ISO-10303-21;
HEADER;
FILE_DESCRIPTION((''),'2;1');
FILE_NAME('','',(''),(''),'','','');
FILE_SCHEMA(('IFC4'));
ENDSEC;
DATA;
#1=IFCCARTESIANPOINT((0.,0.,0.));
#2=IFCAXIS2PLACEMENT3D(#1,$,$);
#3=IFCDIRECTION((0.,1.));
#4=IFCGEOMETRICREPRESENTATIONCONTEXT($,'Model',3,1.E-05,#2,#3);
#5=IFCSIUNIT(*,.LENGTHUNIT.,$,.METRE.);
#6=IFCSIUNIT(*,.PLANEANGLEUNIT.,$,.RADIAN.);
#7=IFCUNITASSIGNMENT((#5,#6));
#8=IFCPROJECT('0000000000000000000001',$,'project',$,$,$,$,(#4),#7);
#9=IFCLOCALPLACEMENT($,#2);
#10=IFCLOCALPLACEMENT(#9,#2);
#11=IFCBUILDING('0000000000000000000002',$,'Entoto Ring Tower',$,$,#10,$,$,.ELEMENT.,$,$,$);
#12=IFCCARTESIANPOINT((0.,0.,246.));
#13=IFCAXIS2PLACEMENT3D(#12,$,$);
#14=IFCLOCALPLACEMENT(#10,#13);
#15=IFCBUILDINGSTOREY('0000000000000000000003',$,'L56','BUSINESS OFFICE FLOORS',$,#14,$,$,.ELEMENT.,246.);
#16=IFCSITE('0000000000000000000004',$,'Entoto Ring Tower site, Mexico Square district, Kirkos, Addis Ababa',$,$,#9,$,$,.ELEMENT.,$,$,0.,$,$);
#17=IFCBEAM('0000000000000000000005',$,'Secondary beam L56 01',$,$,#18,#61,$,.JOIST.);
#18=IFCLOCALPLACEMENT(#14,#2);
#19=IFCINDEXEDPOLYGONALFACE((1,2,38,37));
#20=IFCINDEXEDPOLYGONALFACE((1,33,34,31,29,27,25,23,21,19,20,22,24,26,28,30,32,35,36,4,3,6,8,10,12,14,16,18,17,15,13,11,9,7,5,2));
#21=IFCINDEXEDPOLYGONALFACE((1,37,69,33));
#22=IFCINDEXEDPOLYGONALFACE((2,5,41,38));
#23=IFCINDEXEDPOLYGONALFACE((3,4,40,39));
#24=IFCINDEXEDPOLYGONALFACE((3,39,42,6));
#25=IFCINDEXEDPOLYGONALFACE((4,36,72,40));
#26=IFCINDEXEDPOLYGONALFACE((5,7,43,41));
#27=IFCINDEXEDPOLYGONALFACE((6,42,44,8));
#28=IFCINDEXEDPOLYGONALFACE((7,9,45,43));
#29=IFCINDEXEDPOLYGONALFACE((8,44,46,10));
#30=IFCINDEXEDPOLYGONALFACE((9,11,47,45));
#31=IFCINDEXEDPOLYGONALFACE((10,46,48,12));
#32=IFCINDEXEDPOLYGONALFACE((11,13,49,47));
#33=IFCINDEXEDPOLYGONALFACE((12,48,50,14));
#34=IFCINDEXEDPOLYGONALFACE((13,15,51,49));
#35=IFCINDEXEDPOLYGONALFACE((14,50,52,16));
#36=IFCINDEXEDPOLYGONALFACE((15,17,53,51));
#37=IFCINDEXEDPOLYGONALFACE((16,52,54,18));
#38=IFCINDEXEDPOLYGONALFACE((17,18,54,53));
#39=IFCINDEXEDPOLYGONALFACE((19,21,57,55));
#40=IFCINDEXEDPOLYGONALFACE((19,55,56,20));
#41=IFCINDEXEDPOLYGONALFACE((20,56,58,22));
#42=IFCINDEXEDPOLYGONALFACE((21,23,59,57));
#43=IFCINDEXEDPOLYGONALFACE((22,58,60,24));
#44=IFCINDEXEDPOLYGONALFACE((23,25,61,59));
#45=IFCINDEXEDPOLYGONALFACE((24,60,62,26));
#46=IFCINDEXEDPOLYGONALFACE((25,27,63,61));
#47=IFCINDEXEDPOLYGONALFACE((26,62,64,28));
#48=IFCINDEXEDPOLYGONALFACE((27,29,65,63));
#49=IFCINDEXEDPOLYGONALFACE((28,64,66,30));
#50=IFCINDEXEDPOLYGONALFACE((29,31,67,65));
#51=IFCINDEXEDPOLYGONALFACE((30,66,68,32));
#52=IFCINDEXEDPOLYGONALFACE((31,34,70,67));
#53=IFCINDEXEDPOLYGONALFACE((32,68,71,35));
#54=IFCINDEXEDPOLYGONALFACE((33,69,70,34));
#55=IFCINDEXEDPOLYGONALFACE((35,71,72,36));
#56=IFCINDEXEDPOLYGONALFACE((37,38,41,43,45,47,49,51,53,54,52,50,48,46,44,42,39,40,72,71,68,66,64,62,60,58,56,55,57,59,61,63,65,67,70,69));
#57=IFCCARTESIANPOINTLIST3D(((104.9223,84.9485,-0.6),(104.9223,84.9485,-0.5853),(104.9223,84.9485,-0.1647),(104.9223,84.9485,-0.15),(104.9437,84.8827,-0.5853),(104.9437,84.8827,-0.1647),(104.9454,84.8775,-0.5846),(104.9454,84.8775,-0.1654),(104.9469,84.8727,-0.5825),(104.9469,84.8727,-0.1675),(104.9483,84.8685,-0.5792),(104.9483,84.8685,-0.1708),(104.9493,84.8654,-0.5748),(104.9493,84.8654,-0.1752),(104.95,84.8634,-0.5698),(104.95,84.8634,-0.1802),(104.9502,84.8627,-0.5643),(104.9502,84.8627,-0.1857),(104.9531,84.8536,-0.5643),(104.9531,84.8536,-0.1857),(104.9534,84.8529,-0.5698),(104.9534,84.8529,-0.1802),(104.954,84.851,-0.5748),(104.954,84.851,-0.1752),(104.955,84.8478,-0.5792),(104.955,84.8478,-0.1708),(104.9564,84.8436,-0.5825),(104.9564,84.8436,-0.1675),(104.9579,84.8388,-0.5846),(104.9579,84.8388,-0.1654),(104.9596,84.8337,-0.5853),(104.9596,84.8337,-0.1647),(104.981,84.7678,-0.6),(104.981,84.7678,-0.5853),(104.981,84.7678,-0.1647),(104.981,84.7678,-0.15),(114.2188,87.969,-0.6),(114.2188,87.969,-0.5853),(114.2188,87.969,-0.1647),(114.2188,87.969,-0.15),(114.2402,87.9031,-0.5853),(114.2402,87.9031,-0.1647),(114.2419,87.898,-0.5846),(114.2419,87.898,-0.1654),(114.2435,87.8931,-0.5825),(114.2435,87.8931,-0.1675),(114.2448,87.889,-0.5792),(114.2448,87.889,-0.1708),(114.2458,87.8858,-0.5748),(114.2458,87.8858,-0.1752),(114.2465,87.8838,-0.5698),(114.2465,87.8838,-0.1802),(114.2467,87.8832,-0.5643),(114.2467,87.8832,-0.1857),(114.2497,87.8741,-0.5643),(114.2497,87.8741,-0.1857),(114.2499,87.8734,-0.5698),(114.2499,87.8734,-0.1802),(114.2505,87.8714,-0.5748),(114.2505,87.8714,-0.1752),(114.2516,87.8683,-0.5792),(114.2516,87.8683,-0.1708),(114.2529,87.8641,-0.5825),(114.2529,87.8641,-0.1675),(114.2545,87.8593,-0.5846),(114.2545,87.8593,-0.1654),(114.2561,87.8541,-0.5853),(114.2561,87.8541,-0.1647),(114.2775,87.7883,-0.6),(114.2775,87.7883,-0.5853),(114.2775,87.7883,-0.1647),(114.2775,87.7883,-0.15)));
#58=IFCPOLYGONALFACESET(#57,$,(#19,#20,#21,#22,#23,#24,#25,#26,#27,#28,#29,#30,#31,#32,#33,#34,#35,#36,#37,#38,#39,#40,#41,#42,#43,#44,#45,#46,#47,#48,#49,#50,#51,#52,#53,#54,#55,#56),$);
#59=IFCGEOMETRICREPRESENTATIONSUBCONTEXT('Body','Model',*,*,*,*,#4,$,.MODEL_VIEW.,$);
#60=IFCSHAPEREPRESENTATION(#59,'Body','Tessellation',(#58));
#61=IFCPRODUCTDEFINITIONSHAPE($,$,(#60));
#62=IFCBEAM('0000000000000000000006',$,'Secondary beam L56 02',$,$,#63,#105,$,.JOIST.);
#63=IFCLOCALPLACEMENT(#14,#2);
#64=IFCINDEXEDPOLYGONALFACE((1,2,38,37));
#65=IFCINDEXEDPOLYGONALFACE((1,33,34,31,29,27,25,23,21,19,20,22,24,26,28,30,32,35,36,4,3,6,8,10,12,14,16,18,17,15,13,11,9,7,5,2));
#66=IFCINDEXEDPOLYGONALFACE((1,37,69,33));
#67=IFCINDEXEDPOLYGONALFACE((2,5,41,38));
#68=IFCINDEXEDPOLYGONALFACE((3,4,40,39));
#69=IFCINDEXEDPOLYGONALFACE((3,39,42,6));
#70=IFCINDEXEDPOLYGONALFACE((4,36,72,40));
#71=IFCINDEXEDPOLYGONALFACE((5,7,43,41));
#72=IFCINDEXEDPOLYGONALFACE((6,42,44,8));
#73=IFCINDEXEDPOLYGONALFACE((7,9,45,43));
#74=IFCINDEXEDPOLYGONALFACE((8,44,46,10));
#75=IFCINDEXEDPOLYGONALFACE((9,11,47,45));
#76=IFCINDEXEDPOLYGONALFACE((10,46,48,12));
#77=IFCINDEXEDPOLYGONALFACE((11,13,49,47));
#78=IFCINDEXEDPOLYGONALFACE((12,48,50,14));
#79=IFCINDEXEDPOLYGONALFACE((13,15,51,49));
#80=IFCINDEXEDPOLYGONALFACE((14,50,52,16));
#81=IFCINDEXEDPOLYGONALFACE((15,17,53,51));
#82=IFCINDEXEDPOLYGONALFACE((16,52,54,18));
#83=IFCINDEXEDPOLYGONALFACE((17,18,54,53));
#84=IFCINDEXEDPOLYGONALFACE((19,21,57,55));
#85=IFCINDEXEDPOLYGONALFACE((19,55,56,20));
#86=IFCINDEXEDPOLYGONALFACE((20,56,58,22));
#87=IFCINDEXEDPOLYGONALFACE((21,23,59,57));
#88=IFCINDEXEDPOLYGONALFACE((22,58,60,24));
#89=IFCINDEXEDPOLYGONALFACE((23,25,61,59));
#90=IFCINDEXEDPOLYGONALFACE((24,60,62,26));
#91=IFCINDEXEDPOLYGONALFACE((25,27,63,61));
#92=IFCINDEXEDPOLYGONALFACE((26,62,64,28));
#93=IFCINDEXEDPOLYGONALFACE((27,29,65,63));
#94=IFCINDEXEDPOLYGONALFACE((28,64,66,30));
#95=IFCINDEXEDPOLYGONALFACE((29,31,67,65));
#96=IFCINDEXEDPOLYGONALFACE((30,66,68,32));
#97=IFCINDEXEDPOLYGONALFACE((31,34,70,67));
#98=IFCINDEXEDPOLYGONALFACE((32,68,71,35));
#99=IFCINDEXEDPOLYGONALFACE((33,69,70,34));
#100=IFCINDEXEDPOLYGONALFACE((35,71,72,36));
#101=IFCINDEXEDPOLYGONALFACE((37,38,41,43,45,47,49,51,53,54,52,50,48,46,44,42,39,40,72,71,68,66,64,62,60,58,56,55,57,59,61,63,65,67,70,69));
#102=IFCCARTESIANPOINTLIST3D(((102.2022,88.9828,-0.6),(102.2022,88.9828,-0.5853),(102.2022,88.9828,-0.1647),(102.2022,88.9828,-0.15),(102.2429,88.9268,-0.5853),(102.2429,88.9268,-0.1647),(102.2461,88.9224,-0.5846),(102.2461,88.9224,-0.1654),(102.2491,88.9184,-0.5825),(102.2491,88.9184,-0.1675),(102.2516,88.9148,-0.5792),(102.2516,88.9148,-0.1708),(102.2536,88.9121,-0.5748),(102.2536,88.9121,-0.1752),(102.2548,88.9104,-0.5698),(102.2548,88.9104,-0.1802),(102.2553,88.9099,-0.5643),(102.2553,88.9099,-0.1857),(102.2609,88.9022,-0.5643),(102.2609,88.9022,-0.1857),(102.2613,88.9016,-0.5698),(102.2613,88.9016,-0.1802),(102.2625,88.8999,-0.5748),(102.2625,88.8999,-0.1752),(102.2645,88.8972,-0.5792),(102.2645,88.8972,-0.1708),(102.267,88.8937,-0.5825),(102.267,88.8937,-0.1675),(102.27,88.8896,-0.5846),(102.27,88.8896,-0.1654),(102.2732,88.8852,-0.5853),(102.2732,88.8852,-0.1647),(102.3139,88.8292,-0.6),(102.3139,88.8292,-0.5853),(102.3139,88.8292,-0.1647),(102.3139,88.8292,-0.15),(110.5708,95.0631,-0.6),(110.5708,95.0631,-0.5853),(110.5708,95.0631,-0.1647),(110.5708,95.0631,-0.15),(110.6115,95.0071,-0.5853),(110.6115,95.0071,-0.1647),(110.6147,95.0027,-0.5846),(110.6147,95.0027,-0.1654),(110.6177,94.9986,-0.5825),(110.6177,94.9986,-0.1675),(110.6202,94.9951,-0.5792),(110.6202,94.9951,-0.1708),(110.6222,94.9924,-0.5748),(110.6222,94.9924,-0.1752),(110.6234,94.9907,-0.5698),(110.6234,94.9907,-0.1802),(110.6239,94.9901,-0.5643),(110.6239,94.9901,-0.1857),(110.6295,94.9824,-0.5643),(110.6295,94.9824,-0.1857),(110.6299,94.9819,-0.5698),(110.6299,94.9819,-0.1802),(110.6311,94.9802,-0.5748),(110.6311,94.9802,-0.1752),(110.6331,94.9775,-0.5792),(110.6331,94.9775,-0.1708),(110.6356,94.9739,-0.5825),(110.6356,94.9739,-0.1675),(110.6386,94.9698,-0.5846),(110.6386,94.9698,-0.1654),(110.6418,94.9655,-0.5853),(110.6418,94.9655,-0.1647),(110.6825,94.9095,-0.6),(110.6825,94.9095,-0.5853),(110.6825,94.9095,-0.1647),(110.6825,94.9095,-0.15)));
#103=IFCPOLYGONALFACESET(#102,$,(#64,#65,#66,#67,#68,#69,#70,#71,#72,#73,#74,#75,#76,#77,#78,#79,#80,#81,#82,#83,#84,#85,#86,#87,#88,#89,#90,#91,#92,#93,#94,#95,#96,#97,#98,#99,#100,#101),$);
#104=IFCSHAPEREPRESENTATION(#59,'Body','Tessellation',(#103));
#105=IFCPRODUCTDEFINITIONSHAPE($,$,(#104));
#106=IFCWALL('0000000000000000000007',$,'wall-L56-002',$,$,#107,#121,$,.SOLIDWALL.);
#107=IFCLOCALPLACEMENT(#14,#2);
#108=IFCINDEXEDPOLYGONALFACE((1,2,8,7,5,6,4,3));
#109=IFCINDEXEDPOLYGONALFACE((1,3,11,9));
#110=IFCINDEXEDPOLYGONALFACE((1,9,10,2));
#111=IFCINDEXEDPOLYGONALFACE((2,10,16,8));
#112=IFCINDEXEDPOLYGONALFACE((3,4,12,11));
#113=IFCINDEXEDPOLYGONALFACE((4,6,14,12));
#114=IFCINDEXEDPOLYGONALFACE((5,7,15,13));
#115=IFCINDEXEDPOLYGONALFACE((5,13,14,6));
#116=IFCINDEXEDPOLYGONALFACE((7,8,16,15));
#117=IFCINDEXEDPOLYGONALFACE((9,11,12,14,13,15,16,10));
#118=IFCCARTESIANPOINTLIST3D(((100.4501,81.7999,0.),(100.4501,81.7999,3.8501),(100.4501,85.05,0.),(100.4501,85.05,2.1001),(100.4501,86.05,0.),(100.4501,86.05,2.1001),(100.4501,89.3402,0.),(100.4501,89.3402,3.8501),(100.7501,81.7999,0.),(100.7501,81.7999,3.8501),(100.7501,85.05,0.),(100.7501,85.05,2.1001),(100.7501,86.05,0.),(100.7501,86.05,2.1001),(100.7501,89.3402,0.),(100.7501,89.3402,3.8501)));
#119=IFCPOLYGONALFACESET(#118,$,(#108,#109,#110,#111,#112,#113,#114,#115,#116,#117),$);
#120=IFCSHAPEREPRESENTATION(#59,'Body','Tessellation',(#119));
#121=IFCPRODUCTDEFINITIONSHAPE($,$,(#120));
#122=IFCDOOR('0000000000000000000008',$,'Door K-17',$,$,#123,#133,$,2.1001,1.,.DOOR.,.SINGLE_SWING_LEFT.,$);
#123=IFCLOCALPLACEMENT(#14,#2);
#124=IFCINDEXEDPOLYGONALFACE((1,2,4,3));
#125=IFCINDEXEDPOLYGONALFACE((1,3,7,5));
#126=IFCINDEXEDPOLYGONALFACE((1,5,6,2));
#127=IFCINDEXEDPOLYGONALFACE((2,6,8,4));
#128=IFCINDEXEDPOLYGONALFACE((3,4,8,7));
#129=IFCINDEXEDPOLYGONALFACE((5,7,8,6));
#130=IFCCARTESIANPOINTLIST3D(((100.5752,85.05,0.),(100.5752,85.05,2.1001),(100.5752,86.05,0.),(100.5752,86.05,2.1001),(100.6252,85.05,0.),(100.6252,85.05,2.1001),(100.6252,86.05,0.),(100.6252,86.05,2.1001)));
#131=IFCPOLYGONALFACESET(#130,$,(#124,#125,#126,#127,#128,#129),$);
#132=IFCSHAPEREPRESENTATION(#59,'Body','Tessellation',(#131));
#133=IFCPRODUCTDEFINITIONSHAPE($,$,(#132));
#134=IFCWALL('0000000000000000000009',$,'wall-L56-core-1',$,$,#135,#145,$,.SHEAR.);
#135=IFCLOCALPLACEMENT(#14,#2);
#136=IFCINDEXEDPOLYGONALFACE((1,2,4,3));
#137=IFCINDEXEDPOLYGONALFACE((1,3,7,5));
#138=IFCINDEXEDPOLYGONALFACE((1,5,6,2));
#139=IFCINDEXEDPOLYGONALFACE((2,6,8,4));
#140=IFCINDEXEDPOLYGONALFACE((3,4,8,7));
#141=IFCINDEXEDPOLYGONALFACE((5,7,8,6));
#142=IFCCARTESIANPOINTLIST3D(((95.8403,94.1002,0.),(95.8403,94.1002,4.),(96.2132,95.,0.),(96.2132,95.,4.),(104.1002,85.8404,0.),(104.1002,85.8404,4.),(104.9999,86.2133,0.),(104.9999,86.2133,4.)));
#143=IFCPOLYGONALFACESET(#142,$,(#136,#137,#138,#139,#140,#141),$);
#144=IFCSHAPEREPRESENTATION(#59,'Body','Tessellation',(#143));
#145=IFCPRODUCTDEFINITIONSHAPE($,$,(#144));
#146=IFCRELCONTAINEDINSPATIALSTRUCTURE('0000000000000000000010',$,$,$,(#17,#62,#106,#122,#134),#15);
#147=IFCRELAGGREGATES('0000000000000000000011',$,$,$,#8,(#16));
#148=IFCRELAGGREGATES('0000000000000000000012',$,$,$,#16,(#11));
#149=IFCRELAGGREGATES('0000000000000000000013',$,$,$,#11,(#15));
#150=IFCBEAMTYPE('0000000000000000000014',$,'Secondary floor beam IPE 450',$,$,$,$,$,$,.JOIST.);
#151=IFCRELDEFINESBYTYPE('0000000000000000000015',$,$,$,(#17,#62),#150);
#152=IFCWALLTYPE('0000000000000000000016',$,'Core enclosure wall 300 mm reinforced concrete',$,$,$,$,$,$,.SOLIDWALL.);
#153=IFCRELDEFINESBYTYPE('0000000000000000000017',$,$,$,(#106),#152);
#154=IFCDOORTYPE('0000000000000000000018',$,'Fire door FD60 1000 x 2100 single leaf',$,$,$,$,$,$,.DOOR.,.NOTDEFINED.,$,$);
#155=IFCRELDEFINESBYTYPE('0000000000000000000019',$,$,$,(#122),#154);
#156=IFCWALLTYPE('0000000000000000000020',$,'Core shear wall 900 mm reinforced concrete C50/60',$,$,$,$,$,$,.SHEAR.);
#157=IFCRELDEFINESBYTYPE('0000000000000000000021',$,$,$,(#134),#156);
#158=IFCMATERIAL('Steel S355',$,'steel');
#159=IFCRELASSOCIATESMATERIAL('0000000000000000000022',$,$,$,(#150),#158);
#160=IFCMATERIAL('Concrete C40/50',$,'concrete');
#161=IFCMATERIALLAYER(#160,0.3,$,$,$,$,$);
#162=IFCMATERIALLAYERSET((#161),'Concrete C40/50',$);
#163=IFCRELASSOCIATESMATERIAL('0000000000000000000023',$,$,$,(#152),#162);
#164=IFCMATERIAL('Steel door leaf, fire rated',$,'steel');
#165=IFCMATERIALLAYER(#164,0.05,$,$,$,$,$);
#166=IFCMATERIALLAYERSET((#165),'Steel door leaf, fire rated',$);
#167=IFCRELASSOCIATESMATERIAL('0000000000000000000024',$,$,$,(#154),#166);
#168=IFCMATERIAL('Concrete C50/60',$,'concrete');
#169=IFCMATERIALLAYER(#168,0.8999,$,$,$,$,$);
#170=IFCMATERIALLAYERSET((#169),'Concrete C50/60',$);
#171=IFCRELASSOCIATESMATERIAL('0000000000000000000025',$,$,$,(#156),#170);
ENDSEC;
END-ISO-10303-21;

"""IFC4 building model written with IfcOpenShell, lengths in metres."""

from ifc_helpers import new_model, si_unit, direction, frame, frame_2d, origin, origin_2d, place, context, subcontext, project, spatial, polyline, rectangle, i_section, outline, extrude, material, layer, layer_set, material_profile, profile_set, type_object, element, fill, save


model = new_model("IFC4")

# Units and contexts
model_context = context("Model", 3, precision=1e-05, world=origin(), true_north=direction((0.0, 1.0)))
body_context = subcontext(model_context, "Body", "Model", "MODEL_VIEW")
ifc_project = project(units=[si_unit("LENGTHUNIT", "METRE"), si_unit("PLANEANGLEUNIT", "RADIAN")], contexts=[model_context])

# Site, building, storey
site_placement = place(None, origin())
site = spatial("IfcSite", under=ifc_project, at=site_placement, Name="Entoto Ring Tower site, Mexico Square district, Kirkos, Addis Ababa", CompositionType="ELEMENT", RefElevation=0.0)
building_placement = place(site_placement, origin())
building = spatial("IfcBuilding", under=site, at=building_placement, Name="Entoto Ring Tower", CompositionType="ELEMENT")
storey_placement = place(building_placement, frame((0.0, 0.0, 246.0)))
storey = spatial("IfcBuildingStorey", under=building, at=storey_placement, Name="L56", Description="BUSINESS OFFICE FLOORS", CompositionType="ELEMENT", Elevation=246.0)

# Beams
ifc_material_1 = material(Name="Steel S355", Category="steel")
ifc_material_profile_1 = material_profile(ifc_material_1, i_section(OverallWidth=0.1899, OverallDepth=0.45, WebThickness=0.0095, FlangeThickness=0.0146, FilletRadius=0.021, at=origin_2d()), Name="IPE 450")
ifc_profile_set_1 = profile_set([ifc_material_profile_1], Name="Steel S355")
beam_type_1 = type_object("IfcBeamType", Name="Secondary floor beam IPE 450", PredefinedType="JOIST", material=ifc_profile_set_1)
beam_1_placement = place(storey_placement, frame((104.9517, 84.8582, -0.375), z_axis=(0.951061, 0.309003, 0.0), x_axis=(-0.309003, 0.951061, 0.0)))
element("IfcBeam", 1, at=beam_1_placement, inside=storey, type_object=beam_type_1, Name="Secondary beam L56 01", PredefinedType="JOIST", context=body_context, shape_type="SweptSolid", body=[
    extrude(i_section(OverallWidth=0.1899, OverallDepth=0.45, WebThickness=0.0095, FlangeThickness=0.0146, FilletRadius=0.021, at=origin_2d()), origin(), (0.0, 0.0, 1.0), 9.7749),
])
beam_2_placement = place(storey_placement, frame((102.2581, 88.906, -0.375), z_axis=(0.809011, 0.587794, 0.0), x_axis=(-0.587794, 0.809011, 0.0)))
element("IfcBeam", 2, at=beam_2_placement, inside=storey, type_object=beam_type_1, Name="Secondary beam L56 02", PredefinedType="JOIST", context=body_context, shape_type="SweptSolid", body=[
    extrude(i_section(OverallWidth=0.1899, OverallDepth=0.45, WebThickness=0.0095, FlangeThickness=0.0146, FilletRadius=0.021, at=origin_2d()), origin(), (0.0, 0.0, 1.0), 10.3442),
])

# Wall, opening, door
ifc_material_2 = material(Name="Concrete C40/50", Category="concrete")
ifc_layer_1 = layer(ifc_material_2, 0.3)
ifc_layer_set_1 = layer_set([ifc_layer_1], Name="Concrete C40/50")
wall_type_1 = type_object("IfcWallType", Name="Core enclosure wall 300 mm reinforced concrete", PredefinedType="SOLIDWALL", material=ifc_layer_set_1)
wall_1_placement = place(storey_placement, frame((100.6001, 81.8, 0.0), z_axis=(0.0, 0.0, 1.0), x_axis=(0.0, 1.0, 0.0)))
wall_1 = element("IfcWall", 3, at=wall_1_placement, inside=storey, type_object=wall_type_1, Name="wall-L56-002", PredefinedType="SOLIDWALL", context=body_context, shape_type="SweptSolid", body=[
    extrude(rectangle(XDim=7.5403, YDim=0.3, at=frame_2d((3.77, 0.0))), origin(), (0.0, 0.0, 1.0), 3.8501),
])
opening_1_placement = place(wall_1_placement, frame((3.25, 0.0, 0.0)))
opening_1 = element("IfcOpeningElement", 4, at=opening_1_placement, cuts=wall_1, PredefinedType="OPENING", context=body_context, shape_type="SweptSolid", body=[
    extrude(rectangle(XDim=1.0, YDim=2.1001, at=frame_2d((0.5, 1.05))), frame((0.0, 0.1602, 0.0), z_axis=(0.0, -1.0, 0.0), x_axis=(1.0, 0.0, 0.0)), (0.0, 0.0, 1.0), 0.3201),
])
ifc_material_3 = material(Name="Steel door leaf, fire rated", Category="steel")
ifc_layer_2 = layer(ifc_material_3, 0.05)
ifc_layer_set_2 = layer_set([ifc_layer_2], Name="Steel door leaf, fire rated")
door_type_1 = type_object("IfcDoorType", Name="Fire door FD60 1000 x 2100 single leaf", OperationType="NOTDEFINED", PredefinedType="DOOR", material=ifc_layer_set_2)
door_1_placement = place(opening_1_placement, origin())
door_1 = element("IfcDoor", 5, at=door_1_placement, inside=storey, type_object=door_type_1, Name="Door K-17", OperationType="SINGLE_SWING_LEFT", OverallHeight=2.1001, OverallWidth=1.0, PredefinedType="DOOR", context=body_context, shape_type="SweptSolid", body=[
    extrude(rectangle(XDim=1.0, YDim=2.1001, at=frame_2d((0.5, 1.05))), frame((0.0, 0.0249, 0.0), z_axis=(0.0, -1.0, 0.0), x_axis=(1.0, 0.0, 0.0)), (0.0, 0.0, 1.0), 0.05),
])
fill(opening_1, door_1)

# Wall
ifc_material_4 = material(Name="Concrete C50/60", Category="concrete")
ifc_layer_3 = layer(ifc_material_4, 0.8999)
ifc_layer_set_3 = layer_set([ifc_layer_3], Name="Concrete C50/60")
wall_type_2 = type_object("IfcWallType", Name="Core shear wall 900 mm reinforced concrete C50/60", PredefinedType="SHEAR", material=ifc_layer_set_3)
wall_2_placement = place(storey_placement, frame((104.55, 86.0269, 0.0), z_axis=(0.0, 0.0, 1.0), x_axis=(-0.707107, 0.707107, 0.0)))
element("IfcWall", 6, at=wall_2_placement, inside=storey, type_object=wall_type_2, Name="wall-L56-core-1", PredefinedType="SHEAR", context=body_context, shape_type="SweptSolid", body=[
    extrude(outline(polyline([(-0.1863, -0.45), (12.24, -0.45), (11.8674, 0.45), (0.1863, 0.45), (-0.1863, -0.45)])), origin(), (0.0, 0.0, 1.0), 4.0),
])

save(model, "model.ifc")
